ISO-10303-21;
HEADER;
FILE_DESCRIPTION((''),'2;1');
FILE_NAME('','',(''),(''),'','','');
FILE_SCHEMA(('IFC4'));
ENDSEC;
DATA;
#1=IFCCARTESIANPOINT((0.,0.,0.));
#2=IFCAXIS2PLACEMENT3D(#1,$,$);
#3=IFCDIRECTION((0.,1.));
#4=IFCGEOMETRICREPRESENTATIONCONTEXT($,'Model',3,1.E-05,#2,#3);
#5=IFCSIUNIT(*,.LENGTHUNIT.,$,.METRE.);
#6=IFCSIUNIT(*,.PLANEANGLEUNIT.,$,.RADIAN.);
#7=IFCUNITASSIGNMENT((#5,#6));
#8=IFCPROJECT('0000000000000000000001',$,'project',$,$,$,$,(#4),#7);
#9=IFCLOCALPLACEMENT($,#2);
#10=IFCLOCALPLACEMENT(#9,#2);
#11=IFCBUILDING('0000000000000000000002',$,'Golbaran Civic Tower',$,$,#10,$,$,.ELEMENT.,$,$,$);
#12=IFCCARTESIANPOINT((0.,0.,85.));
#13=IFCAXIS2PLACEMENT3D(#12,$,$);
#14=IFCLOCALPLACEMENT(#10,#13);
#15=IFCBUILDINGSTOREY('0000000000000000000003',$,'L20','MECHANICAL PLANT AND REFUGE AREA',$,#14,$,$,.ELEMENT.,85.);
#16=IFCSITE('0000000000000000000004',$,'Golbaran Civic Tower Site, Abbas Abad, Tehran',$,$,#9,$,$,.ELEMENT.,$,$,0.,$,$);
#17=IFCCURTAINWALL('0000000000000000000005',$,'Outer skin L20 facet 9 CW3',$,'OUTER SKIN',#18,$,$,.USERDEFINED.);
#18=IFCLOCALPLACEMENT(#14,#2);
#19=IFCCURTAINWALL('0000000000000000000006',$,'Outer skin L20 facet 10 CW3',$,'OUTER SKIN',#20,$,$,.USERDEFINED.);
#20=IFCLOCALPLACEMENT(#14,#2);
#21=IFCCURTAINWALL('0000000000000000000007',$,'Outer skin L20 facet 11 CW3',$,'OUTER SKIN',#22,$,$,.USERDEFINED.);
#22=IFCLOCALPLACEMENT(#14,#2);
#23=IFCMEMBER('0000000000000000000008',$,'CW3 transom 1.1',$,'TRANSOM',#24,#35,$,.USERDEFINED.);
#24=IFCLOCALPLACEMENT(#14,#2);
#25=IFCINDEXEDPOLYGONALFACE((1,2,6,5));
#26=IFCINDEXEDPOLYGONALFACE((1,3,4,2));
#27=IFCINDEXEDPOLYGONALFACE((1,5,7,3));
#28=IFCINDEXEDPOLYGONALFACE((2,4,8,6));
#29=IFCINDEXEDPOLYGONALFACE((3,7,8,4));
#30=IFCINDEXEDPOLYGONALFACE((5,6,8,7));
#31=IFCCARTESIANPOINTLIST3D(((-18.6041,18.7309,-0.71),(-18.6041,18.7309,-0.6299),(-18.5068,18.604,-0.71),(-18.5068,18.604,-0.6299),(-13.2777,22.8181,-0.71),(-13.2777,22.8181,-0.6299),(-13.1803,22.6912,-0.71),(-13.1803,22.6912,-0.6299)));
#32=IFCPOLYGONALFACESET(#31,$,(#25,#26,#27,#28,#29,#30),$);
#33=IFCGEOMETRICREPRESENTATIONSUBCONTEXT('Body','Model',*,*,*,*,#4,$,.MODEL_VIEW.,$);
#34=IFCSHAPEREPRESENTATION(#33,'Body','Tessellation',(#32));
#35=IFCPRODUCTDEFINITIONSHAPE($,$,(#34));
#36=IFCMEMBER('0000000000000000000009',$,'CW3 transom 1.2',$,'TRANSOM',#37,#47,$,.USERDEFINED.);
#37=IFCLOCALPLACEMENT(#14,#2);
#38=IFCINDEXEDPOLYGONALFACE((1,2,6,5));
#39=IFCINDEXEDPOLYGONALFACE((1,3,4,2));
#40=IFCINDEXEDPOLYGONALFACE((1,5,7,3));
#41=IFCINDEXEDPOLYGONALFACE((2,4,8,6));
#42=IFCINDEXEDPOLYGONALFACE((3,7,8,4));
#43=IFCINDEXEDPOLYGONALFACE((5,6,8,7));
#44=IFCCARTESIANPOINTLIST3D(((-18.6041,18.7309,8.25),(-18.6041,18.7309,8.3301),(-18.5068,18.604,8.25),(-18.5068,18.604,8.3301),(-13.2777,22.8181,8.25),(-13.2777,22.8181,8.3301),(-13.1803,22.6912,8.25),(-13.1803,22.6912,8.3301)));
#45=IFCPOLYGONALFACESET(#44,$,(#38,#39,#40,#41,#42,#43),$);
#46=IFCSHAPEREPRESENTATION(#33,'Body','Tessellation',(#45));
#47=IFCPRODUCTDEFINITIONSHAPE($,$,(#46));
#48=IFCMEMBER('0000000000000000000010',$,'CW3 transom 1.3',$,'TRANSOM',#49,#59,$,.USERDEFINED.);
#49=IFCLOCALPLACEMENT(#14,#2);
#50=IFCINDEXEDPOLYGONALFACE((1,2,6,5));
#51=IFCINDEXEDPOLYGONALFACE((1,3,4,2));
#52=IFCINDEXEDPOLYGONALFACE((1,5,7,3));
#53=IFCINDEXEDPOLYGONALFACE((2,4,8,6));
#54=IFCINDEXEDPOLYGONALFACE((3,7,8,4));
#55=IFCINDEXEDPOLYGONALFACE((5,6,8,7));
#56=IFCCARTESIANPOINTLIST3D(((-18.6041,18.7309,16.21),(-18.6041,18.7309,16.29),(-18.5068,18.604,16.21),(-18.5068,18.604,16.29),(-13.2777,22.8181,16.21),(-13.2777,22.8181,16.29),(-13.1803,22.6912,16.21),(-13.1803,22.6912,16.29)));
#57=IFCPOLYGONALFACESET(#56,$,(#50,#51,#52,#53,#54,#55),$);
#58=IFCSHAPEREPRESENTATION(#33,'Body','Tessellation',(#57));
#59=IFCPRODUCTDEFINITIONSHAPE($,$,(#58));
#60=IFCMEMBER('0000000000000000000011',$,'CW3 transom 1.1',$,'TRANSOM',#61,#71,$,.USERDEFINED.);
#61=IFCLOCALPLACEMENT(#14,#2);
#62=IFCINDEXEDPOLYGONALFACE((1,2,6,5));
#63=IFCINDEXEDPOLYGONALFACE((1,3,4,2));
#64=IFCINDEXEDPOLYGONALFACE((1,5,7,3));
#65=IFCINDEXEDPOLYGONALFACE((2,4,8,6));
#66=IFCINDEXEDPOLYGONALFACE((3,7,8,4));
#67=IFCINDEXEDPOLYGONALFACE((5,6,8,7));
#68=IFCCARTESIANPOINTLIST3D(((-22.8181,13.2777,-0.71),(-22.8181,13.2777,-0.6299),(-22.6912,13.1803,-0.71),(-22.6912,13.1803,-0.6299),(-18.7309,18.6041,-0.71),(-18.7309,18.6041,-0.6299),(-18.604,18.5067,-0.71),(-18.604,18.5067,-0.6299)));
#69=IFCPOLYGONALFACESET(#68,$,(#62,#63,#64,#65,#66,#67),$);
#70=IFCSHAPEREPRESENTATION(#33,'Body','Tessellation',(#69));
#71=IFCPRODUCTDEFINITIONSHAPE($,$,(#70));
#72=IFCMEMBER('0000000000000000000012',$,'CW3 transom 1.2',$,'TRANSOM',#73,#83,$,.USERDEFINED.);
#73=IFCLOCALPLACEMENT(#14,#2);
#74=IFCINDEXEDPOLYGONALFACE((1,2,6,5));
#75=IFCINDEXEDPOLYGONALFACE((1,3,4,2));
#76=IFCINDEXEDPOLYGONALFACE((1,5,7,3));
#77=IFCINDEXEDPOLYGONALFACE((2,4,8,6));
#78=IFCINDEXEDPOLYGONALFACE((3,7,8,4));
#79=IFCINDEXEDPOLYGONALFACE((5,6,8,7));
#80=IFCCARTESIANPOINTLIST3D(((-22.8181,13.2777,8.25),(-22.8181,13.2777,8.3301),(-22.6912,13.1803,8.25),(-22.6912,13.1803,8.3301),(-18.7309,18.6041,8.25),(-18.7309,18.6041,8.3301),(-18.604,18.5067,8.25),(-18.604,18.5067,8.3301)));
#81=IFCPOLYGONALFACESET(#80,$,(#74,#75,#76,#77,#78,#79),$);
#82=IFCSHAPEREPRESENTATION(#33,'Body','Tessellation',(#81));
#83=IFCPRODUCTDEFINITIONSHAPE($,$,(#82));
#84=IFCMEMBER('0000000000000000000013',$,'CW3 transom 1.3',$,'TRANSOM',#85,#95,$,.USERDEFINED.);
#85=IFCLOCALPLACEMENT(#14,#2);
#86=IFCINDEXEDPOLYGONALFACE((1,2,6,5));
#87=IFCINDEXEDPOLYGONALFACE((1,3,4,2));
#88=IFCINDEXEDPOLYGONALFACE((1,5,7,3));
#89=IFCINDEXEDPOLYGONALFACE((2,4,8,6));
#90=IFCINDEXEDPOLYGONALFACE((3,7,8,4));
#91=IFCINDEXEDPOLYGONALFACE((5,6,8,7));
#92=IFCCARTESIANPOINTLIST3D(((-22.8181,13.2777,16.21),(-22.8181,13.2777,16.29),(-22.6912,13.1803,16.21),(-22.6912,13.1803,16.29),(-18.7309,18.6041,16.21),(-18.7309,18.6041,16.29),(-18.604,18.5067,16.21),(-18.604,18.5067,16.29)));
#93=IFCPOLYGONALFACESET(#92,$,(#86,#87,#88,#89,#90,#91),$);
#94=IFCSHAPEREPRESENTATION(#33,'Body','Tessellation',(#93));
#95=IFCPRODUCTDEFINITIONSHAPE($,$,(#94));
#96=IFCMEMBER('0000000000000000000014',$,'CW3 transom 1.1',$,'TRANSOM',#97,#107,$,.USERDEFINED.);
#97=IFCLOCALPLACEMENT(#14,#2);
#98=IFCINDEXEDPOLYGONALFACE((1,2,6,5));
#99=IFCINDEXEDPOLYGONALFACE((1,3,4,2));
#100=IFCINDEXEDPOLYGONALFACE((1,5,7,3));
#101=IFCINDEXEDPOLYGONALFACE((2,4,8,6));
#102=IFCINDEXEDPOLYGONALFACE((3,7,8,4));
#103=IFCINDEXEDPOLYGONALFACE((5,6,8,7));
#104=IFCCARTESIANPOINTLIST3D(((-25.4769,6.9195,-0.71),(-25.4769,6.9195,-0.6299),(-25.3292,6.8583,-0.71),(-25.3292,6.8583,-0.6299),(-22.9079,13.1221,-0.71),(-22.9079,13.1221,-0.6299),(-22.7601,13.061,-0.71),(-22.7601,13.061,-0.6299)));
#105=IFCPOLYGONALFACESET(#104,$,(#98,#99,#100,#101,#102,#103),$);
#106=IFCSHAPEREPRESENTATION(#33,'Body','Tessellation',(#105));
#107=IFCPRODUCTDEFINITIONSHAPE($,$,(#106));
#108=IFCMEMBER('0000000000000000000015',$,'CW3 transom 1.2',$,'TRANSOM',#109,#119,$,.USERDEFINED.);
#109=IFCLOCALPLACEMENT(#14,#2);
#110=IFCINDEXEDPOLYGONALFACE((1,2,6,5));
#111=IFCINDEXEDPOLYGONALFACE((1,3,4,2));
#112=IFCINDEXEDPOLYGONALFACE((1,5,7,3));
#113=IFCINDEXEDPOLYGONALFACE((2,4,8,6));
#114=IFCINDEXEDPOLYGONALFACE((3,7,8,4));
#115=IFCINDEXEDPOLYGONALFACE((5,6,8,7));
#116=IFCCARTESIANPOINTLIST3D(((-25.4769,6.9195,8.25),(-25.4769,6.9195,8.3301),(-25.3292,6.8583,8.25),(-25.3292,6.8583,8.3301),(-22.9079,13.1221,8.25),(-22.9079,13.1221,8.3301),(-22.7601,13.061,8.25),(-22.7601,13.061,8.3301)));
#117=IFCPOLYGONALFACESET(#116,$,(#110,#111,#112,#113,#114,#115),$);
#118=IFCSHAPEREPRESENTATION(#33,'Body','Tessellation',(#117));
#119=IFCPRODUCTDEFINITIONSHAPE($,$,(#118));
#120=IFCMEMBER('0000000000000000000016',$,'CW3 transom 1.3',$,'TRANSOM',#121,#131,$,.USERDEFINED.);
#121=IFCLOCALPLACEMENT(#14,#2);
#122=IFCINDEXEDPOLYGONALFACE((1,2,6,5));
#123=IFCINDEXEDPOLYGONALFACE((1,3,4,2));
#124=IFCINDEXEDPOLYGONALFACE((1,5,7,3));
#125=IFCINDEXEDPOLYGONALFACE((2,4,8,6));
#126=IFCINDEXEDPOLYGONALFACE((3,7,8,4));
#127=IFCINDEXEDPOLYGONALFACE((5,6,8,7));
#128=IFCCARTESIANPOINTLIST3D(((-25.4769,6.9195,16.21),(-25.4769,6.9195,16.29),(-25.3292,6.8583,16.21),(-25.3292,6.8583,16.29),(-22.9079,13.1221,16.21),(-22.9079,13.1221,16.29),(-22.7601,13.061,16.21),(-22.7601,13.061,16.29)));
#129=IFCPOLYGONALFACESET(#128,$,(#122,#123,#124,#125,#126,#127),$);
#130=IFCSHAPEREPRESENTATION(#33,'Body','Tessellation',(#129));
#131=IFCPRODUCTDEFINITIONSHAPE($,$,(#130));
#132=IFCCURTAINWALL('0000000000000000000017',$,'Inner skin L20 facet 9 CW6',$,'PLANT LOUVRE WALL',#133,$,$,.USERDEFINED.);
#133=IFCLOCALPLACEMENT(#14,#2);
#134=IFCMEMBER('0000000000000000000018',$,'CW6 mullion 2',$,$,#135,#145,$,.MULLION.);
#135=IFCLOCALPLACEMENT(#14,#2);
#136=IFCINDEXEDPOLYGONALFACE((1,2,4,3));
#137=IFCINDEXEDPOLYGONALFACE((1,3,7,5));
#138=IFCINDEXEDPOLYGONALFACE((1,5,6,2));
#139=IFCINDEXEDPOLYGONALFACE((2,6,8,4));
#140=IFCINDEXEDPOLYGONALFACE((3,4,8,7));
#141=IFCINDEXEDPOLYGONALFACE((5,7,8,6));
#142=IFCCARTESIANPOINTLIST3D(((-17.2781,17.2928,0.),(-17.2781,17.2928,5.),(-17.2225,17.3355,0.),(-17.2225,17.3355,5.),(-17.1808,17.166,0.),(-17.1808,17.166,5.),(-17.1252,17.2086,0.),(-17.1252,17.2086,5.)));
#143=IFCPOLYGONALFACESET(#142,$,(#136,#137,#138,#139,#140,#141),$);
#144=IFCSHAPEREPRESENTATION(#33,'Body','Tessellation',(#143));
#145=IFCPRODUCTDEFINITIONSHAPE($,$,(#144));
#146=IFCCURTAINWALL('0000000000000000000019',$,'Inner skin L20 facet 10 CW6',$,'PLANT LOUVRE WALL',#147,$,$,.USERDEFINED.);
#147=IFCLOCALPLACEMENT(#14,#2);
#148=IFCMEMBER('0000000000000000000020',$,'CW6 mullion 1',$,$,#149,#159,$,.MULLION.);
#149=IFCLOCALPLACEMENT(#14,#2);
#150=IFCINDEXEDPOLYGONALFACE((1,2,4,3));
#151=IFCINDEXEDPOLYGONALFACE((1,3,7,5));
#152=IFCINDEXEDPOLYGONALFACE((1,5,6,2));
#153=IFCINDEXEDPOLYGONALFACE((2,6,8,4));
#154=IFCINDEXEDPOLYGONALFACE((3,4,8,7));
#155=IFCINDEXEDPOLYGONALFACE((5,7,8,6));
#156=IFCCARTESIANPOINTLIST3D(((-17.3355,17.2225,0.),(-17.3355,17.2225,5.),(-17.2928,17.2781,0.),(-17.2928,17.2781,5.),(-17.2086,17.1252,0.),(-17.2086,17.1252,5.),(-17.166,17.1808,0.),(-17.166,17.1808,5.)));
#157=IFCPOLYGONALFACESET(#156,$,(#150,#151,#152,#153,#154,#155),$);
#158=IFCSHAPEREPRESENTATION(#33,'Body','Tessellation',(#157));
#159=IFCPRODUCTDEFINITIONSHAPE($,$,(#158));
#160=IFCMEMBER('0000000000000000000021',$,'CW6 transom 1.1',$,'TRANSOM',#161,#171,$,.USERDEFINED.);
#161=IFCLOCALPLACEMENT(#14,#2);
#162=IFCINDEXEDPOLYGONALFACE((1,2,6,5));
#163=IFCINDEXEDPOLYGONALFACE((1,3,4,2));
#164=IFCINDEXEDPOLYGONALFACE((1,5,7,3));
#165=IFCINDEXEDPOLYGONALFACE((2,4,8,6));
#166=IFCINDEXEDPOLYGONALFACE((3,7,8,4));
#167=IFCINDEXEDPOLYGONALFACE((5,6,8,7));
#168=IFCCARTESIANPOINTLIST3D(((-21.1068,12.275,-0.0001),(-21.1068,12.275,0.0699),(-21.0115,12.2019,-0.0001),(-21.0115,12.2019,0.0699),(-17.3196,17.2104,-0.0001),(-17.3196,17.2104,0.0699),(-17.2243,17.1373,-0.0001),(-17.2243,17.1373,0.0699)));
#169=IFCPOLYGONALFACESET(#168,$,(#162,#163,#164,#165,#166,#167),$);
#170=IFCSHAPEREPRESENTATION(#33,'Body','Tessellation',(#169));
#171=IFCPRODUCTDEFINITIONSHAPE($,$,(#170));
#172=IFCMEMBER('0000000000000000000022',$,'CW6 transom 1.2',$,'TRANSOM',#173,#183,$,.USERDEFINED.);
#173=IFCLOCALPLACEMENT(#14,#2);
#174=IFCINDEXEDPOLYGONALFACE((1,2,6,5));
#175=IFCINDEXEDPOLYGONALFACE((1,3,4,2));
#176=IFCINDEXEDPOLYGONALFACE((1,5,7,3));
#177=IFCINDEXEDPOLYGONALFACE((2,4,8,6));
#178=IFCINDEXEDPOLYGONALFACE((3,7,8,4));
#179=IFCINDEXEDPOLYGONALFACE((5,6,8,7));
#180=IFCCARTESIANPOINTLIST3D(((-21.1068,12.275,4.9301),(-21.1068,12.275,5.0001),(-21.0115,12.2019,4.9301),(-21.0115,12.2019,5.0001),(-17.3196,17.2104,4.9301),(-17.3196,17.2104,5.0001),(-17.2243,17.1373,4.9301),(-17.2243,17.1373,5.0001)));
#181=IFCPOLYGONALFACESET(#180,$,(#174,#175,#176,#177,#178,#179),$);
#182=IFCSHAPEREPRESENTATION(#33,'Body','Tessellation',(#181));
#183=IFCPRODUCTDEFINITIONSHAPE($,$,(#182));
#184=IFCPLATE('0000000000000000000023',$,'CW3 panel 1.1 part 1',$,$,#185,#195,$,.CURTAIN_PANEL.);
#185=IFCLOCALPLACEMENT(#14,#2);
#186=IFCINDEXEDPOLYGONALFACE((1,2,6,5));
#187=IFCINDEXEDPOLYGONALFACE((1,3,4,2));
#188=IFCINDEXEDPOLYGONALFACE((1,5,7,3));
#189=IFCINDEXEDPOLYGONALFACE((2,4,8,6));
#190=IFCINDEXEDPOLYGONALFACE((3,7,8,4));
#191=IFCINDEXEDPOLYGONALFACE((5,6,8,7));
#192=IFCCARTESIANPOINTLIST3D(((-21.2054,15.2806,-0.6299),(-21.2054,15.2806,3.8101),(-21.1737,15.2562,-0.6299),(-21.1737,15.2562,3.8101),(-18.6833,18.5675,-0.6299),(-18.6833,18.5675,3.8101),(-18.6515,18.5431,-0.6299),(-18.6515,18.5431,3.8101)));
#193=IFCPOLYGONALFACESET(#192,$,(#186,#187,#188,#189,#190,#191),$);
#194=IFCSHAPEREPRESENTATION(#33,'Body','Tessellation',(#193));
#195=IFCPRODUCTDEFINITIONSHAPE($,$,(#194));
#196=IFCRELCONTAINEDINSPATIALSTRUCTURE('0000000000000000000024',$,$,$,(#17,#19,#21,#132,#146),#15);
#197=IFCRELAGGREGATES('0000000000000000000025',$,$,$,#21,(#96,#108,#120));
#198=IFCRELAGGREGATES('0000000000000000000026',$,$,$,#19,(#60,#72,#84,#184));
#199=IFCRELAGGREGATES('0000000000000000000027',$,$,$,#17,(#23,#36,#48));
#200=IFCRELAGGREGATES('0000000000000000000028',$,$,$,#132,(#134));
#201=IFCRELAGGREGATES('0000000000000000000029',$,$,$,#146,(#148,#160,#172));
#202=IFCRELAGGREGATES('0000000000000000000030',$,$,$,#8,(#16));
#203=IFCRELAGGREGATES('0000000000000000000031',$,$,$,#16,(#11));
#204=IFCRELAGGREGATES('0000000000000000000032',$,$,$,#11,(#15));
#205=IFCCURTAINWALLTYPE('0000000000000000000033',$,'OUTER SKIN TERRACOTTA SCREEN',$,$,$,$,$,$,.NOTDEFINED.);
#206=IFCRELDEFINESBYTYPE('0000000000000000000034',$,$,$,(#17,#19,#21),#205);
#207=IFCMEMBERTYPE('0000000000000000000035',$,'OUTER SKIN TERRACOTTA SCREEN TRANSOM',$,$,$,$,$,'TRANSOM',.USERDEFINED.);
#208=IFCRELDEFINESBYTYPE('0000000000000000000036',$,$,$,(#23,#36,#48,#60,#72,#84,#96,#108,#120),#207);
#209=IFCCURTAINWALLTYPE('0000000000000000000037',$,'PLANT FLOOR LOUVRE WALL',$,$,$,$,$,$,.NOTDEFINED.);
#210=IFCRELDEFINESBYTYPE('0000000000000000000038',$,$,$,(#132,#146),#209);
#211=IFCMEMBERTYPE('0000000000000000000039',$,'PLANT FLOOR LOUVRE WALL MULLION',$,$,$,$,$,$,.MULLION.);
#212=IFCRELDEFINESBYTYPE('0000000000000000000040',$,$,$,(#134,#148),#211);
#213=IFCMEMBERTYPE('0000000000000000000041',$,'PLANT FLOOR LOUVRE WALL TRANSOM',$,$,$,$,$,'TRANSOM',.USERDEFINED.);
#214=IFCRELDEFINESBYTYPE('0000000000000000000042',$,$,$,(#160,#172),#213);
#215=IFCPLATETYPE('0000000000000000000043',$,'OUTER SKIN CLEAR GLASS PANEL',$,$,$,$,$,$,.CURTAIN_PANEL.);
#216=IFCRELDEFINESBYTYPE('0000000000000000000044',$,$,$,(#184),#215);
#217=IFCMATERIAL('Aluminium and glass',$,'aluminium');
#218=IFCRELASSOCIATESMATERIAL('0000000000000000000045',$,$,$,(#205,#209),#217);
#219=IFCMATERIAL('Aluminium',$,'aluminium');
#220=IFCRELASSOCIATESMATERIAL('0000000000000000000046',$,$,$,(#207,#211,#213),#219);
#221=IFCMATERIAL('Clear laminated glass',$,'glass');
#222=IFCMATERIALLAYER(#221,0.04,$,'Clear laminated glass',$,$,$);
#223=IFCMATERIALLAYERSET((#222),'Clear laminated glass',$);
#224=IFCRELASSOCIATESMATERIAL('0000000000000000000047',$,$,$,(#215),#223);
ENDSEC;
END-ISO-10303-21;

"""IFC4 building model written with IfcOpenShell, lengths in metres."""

from ifc_helpers import new_model, si_unit, direction, frame, origin, origin_2d, place, context, subcontext, project, spatial, rectangle, extrude, material, layer, layer_set, material_profile, profile_set, type_object, element, aggregate, save


model = new_model("IFC4")

# Units and contexts
model_context = context("Model", 3, precision=1e-05, world=origin(), true_north=direction((0.0, 1.0)))
body_context = subcontext(model_context, "Body", "Model", "MODEL_VIEW")
ifc_project = project(units=[si_unit("LENGTHUNIT", "METRE"), si_unit("PLANEANGLEUNIT", "RADIAN")], contexts=[model_context])

# Site, building, storey
site_placement = place(None, origin())
site = spatial("IfcSite", under=ifc_project, at=site_placement, Name="Golbaran Civic Tower Site, Abbas Abad, Tehran", CompositionType="ELEMENT", RefElevation=0.0)
building_placement = place(site_placement, origin())
building = spatial("IfcBuilding", under=site, at=building_placement, Name="Golbaran Civic Tower", CompositionType="ELEMENT")
storey_placement = place(building_placement, frame((0.0, 0.0, 85.0)))
storey = spatial("IfcBuildingStorey", under=building, at=storey_placement, Name="L20", Description="MECHANICAL PLANT AND REFUGE AREA", CompositionType="ELEMENT", Elevation=85.0)

# Shared definitions
ifc_material_1 = material(Name="Aluminium and glass", Category="aluminium")
curtain_wall_type_1 = type_object("IfcCurtainWallType", Name="OUTER SKIN TERRACOTTA SCREEN", PredefinedType="NOTDEFINED", material=ifc_material_1)
ifc_material_2 = material(Name="Aluminium", Category="aluminium")

# Curtain walls
curtain_wall_1_placement = place(storey_placement, origin())
curtain_wall_1 = element("IfcCurtainWall", 1, at=curtain_wall_1_placement, inside=storey, type_object=curtain_wall_type_1, Name="Outer skin L20 facet 9 CW3", ObjectType="OUTER SKIN", PredefinedType="USERDEFINED")
curtain_wall_2_placement = place(storey_placement, origin())
curtain_wall_2 = element("IfcCurtainWall", 2, at=curtain_wall_2_placement, inside=storey, type_object=curtain_wall_type_1, Name="Outer skin L20 facet 10 CW3", ObjectType="OUTER SKIN", PredefinedType="USERDEFINED")

# Curtain wall
curtain_wall_3_placement = place(storey_placement, origin())
curtain_wall_3 = element("IfcCurtainWall", 3, at=curtain_wall_3_placement, inside=storey, type_object=curtain_wall_type_1, Name="Outer skin L20 facet 11 CW3", ObjectType="OUTER SKIN", PredefinedType="USERDEFINED")

# Members
ifc_material_profile_1 = material_profile(ifc_material_2, rectangle(XDim=0.1599, YDim=0.0801, at=origin_2d()), Name="OUTER SKIN TERRACOTTA SCREEN TRANSOM")
ifc_profile_set_1 = profile_set([ifc_material_profile_1], Name="Aluminium")
member_type_1 = type_object("IfcMemberType", Name="OUTER SKIN TERRACOTTA SCREEN TRANSOM", ElementType="TRANSOM", PredefinedType="USERDEFINED", material=ifc_profile_set_1)
member_1_placement = place(storey_placement, frame((-13.229, 22.7546, -0.6699), z_axis=(-0.793349, -0.608767, 0.0), x_axis=(0.608767, -0.793349, 0.0)))
member_1 = element("IfcMember", 4, at=member_1_placement, type_object=member_type_1, Name="CW3 transom 1.1", ObjectType="TRANSOM", PredefinedType="USERDEFINED", context=body_context, shape_type="SweptSolid", body=[
    extrude(rectangle(XDim=0.1599, YDim=0.0801, at=origin_2d()), origin(), (0.0, 0.0, 1.0), 6.7139),
])
member_2_placement = place(storey_placement, frame((-13.229, 22.7546, 8.29), z_axis=(-0.793349, -0.608767, 0.0), x_axis=(0.608767, -0.793349, 0.0)))
member_2 = element("IfcMember", 5, at=member_2_placement, type_object=member_type_1, Name="CW3 transom 1.2", ObjectType="TRANSOM", PredefinedType="USERDEFINED", context=body_context, shape_type="SweptSolid", body=[
    extrude(rectangle(XDim=0.1599, YDim=0.0801, at=origin_2d()), origin(), (0.0, 0.0, 1.0), 6.7139),
])
member_3_placement = place(storey_placement, frame((-13.229, 22.7546, 16.25), z_axis=(-0.793349, -0.608767, 0.0), x_axis=(0.608767, -0.793349, 0.0)))
member_3 = element("IfcMember", 6, at=member_3_placement, type_object=member_type_1, Name="CW3 transom 1.3", ObjectType="TRANSOM", PredefinedType="USERDEFINED", context=body_context, shape_type="SweptSolid", body=[
    extrude(rectangle(XDim=0.1599, YDim=0.0801, at=origin_2d()), origin(), (0.0, 0.0, 1.0), 6.7139),
])
member_4_placement = place(storey_placement, frame((-18.6675, 18.5554, -0.6699), z_axis=(-0.608767, -0.793349, 0.0), x_axis=(0.793349, -0.608767, 0.0)))
member_4 = element("IfcMember", 7, at=member_4_placement, type_object=member_type_1, Name="CW3 transom 1.1", ObjectType="TRANSOM", PredefinedType="USERDEFINED", context=body_context, shape_type="SweptSolid", body=[
    extrude(rectangle(XDim=0.1599, YDim=0.0801, at=origin_2d()), origin(), (0.0, 0.0, 1.0), 6.7139),
])
member_5_placement = place(storey_placement, frame((-18.6675, 18.5554, 8.29), z_axis=(-0.608767, -0.793349, 0.0), x_axis=(0.793349, -0.608767, 0.0)))
member_5 = element("IfcMember", 8, at=member_5_placement, type_object=member_type_1, Name="CW3 transom 1.2", ObjectType="TRANSOM", PredefinedType="USERDEFINED", context=body_context, shape_type="SweptSolid", body=[
    extrude(rectangle(XDim=0.1599, YDim=0.0801, at=origin_2d()), origin(), (0.0, 0.0, 1.0), 6.7139),
])
member_6_placement = place(storey_placement, frame((-18.6675, 18.5554, 16.25), z_axis=(-0.608767, -0.793349, 0.0), x_axis=(0.793349, -0.608767, 0.0)))
member_6 = element("IfcMember", 9, at=member_6_placement, type_object=member_type_1, Name="CW3 transom 1.3", ObjectType="TRANSOM", PredefinedType="USERDEFINED", context=body_context, shape_type="SweptSolid", body=[
    extrude(rectangle(XDim=0.1599, YDim=0.0801, at=origin_2d()), origin(), (0.0, 0.0, 1.0), 6.7139),
])
member_7_placement = place(storey_placement, frame((-22.834, 13.0916, -0.6699), z_axis=(-0.382668, -0.923886, 0.0), x_axis=(0.923886, -0.382668, 0.0)))
member_7 = element("IfcMember", 10, at=member_7_placement, type_object=member_type_1, Name="CW3 transom 1.1", ObjectType="TRANSOM", PredefinedType="USERDEFINED", context=body_context, shape_type="SweptSolid", body=[
    extrude(rectangle(XDim=0.1599, YDim=0.0801, at=origin_2d()), origin(), (0.0, 0.0, 1.0), 6.7136),
])
member_8_placement = place(storey_placement, frame((-22.834, 13.0916, 8.29), z_axis=(-0.382668, -0.923886, 0.0), x_axis=(0.923886, -0.382668, 0.0)))
member_8 = element("IfcMember", 11, at=member_8_placement, type_object=member_type_1, Name="CW3 transom 1.2", ObjectType="TRANSOM", PredefinedType="USERDEFINED", context=body_context, shape_type="SweptSolid", body=[
    extrude(rectangle(XDim=0.1599, YDim=0.0801, at=origin_2d()), origin(), (0.0, 0.0, 1.0), 6.7136),
])
member_9_placement = place(storey_placement, frame((-22.834, 13.0916, 16.25), z_axis=(-0.382668, -0.923886, 0.0), x_axis=(0.923886, -0.382668, 0.0)))
member_9 = element("IfcMember", 12, at=member_9_placement, type_object=member_type_1, Name="CW3 transom 1.3", ObjectType="TRANSOM", PredefinedType="USERDEFINED", context=body_context, shape_type="SweptSolid", body=[
    extrude(rectangle(XDim=0.1599, YDim=0.0801, at=origin_2d()), origin(), (0.0, 0.0, 1.0), 6.7136),
])
aggregate(curtain_wall_3, [member_7, member_8, member_9])

# Curtain wall, member
curtain_wall_type_2 = type_object("IfcCurtainWallType", Name="PLANT FLOOR LOUVRE WALL", PredefinedType="NOTDEFINED", material=ifc_material_1)
curtain_wall_4_placement = place(storey_placement, origin())
curtain_wall_4 = element("IfcCurtainWall", 13, at=curtain_wall_4_placement, inside=storey, type_object=curtain_wall_type_2, Name="Inner skin L20 facet 9 CW6", ObjectType="PLANT LOUVRE WALL", PredefinedType="USERDEFINED")
ifc_material_profile_2 = material_profile(ifc_material_2, rectangle(XDim=0.1599, YDim=0.0701, at=origin_2d()), Name="PLANT FLOOR LOUVRE WALL MULLION")
ifc_profile_set_2 = profile_set([ifc_material_profile_2], Name="Aluminium")
member_type_2 = type_object("IfcMemberType", Name="PLANT FLOOR LOUVRE WALL MULLION", PredefinedType="MULLION", material=ifc_profile_set_2)
member_10_placement = place(storey_placement, frame((-17.2017, 17.2507, 0.0), z_axis=(0.0, 0.0, 1.0), x_axis=(0.608761, -0.793353, 0.0)))
member_10 = element("IfcMember", 14, at=member_10_placement, type_object=member_type_2, Name="CW6 mullion 2", PredefinedType="MULLION", context=body_context, shape_type="SweptSolid", body=[
    extrude(rectangle(XDim=0.1599, YDim=0.0701, at=origin_2d()), origin(), (0.0, 0.0, 1.0), 5.0),
])

# Curtain wall, members
curtain_wall_5_placement = place(storey_placement, origin())
curtain_wall_5 = element("IfcCurtainWall", 15, at=curtain_wall_5_placement, inside=storey, type_object=curtain_wall_type_2, Name="Inner skin L20 facet 10 CW6", ObjectType="PLANT LOUVRE WALL", PredefinedType="USERDEFINED")
member_11_placement = place(storey_placement, frame((-17.2507, 17.2017, 0.0), z_axis=(0.0, 0.0, 1.0), x_axis=(0.793353, -0.608761, 0.0)))
member_11 = element("IfcMember", 16, at=member_11_placement, type_object=member_type_2, Name="CW6 mullion 1", PredefinedType="MULLION", context=body_context, shape_type="SweptSolid", body=[
    extrude(rectangle(XDim=0.1599, YDim=0.0701, at=origin_2d()), origin(), (0.0, 0.0, 1.0), 5.0),
])
ifc_material_profile_3 = material_profile(ifc_material_2, rectangle(XDim=0.1201, YDim=0.0701, at=origin_2d()), Name="PLANT FLOOR LOUVRE WALL TRANSOM")
ifc_profile_set_3 = profile_set([ifc_material_profile_3], Name="Aluminium")
member_type_3 = type_object("IfcMemberType", Name="PLANT FLOOR LOUVRE WALL TRANSOM", ElementType="TRANSOM", PredefinedType="USERDEFINED", material=ifc_profile_set_3)
member_12_placement = place(storey_placement, frame((-17.272, 17.1738, 0.0349), z_axis=(-0.608773, -0.793344, 0.0), x_axis=(0.793344, -0.608773, 0.0)))
member_12 = element("IfcMember", 17, at=member_12_placement, type_object=member_type_3, Name="CW6 transom 1.1", ObjectType="TRANSOM", PredefinedType="USERDEFINED", context=body_context, shape_type="SweptSolid", body=[
    extrude(rectangle(XDim=0.1201, YDim=0.0701, at=origin_2d()), origin(), (0.0, 0.0, 1.0), 6.2209),
])
member_13_placement = place(storey_placement, frame((-17.272, 17.1738, 4.9651), z_axis=(-0.608773, -0.793344, 0.0), x_axis=(0.793344, -0.608773, 0.0)))
member_13 = element("IfcMember", 18, at=member_13_placement, type_object=member_type_3, Name="CW6 transom 1.2", ObjectType="TRANSOM", PredefinedType="USERDEFINED", context=body_context, shape_type="SweptSolid", body=[
    extrude(rectangle(XDim=0.1201, YDim=0.0701, at=origin_2d()), origin(), (0.0, 0.0, 1.0), 6.2209),
])

# Plate
ifc_material_3 = material(Name="Clear laminated glass", Category="glass")
ifc_layer_1 = layer(ifc_material_3, 0.04, Name="Clear laminated glass")
ifc_layer_set_1 = layer_set([ifc_layer_1], Name="Clear laminated glass")
plate_type_1 = type_object("IfcPlateType", Name="OUTER SKIN CLEAR GLASS PANEL", PredefinedType="CURTAIN_PANEL", material=ifc_layer_set_1)
plate_1_placement = place(storey_placement, frame((-19.9285, 16.9119, -0.6299), z_axis=(0.0, 0.0, 1.0), x_axis=(-0.608761, -0.793353, 0.0)))
plate_1 = element("IfcPlate", 19, at=plate_1_placement, type_object=plate_type_1, Name="CW3 panel 1.1 part 1", PredefinedType="CURTAIN_PANEL", context=body_context, shape_type="SweptSolid", body=[
    extrude(rectangle(XDim=4.1431, YDim=0.04, at=origin_2d()), origin(), (0.0, 0.0, 1.0), 4.4399),
])
aggregate(curtain_wall_2, [member_4, member_5, member_6, plate_1])
aggregate(curtain_wall_1, [member_1, member_2, member_3])
aggregate(curtain_wall_4, [member_10])
aggregate(curtain_wall_5, [member_11, member_12, member_13])

save(model, "model.ifc")
